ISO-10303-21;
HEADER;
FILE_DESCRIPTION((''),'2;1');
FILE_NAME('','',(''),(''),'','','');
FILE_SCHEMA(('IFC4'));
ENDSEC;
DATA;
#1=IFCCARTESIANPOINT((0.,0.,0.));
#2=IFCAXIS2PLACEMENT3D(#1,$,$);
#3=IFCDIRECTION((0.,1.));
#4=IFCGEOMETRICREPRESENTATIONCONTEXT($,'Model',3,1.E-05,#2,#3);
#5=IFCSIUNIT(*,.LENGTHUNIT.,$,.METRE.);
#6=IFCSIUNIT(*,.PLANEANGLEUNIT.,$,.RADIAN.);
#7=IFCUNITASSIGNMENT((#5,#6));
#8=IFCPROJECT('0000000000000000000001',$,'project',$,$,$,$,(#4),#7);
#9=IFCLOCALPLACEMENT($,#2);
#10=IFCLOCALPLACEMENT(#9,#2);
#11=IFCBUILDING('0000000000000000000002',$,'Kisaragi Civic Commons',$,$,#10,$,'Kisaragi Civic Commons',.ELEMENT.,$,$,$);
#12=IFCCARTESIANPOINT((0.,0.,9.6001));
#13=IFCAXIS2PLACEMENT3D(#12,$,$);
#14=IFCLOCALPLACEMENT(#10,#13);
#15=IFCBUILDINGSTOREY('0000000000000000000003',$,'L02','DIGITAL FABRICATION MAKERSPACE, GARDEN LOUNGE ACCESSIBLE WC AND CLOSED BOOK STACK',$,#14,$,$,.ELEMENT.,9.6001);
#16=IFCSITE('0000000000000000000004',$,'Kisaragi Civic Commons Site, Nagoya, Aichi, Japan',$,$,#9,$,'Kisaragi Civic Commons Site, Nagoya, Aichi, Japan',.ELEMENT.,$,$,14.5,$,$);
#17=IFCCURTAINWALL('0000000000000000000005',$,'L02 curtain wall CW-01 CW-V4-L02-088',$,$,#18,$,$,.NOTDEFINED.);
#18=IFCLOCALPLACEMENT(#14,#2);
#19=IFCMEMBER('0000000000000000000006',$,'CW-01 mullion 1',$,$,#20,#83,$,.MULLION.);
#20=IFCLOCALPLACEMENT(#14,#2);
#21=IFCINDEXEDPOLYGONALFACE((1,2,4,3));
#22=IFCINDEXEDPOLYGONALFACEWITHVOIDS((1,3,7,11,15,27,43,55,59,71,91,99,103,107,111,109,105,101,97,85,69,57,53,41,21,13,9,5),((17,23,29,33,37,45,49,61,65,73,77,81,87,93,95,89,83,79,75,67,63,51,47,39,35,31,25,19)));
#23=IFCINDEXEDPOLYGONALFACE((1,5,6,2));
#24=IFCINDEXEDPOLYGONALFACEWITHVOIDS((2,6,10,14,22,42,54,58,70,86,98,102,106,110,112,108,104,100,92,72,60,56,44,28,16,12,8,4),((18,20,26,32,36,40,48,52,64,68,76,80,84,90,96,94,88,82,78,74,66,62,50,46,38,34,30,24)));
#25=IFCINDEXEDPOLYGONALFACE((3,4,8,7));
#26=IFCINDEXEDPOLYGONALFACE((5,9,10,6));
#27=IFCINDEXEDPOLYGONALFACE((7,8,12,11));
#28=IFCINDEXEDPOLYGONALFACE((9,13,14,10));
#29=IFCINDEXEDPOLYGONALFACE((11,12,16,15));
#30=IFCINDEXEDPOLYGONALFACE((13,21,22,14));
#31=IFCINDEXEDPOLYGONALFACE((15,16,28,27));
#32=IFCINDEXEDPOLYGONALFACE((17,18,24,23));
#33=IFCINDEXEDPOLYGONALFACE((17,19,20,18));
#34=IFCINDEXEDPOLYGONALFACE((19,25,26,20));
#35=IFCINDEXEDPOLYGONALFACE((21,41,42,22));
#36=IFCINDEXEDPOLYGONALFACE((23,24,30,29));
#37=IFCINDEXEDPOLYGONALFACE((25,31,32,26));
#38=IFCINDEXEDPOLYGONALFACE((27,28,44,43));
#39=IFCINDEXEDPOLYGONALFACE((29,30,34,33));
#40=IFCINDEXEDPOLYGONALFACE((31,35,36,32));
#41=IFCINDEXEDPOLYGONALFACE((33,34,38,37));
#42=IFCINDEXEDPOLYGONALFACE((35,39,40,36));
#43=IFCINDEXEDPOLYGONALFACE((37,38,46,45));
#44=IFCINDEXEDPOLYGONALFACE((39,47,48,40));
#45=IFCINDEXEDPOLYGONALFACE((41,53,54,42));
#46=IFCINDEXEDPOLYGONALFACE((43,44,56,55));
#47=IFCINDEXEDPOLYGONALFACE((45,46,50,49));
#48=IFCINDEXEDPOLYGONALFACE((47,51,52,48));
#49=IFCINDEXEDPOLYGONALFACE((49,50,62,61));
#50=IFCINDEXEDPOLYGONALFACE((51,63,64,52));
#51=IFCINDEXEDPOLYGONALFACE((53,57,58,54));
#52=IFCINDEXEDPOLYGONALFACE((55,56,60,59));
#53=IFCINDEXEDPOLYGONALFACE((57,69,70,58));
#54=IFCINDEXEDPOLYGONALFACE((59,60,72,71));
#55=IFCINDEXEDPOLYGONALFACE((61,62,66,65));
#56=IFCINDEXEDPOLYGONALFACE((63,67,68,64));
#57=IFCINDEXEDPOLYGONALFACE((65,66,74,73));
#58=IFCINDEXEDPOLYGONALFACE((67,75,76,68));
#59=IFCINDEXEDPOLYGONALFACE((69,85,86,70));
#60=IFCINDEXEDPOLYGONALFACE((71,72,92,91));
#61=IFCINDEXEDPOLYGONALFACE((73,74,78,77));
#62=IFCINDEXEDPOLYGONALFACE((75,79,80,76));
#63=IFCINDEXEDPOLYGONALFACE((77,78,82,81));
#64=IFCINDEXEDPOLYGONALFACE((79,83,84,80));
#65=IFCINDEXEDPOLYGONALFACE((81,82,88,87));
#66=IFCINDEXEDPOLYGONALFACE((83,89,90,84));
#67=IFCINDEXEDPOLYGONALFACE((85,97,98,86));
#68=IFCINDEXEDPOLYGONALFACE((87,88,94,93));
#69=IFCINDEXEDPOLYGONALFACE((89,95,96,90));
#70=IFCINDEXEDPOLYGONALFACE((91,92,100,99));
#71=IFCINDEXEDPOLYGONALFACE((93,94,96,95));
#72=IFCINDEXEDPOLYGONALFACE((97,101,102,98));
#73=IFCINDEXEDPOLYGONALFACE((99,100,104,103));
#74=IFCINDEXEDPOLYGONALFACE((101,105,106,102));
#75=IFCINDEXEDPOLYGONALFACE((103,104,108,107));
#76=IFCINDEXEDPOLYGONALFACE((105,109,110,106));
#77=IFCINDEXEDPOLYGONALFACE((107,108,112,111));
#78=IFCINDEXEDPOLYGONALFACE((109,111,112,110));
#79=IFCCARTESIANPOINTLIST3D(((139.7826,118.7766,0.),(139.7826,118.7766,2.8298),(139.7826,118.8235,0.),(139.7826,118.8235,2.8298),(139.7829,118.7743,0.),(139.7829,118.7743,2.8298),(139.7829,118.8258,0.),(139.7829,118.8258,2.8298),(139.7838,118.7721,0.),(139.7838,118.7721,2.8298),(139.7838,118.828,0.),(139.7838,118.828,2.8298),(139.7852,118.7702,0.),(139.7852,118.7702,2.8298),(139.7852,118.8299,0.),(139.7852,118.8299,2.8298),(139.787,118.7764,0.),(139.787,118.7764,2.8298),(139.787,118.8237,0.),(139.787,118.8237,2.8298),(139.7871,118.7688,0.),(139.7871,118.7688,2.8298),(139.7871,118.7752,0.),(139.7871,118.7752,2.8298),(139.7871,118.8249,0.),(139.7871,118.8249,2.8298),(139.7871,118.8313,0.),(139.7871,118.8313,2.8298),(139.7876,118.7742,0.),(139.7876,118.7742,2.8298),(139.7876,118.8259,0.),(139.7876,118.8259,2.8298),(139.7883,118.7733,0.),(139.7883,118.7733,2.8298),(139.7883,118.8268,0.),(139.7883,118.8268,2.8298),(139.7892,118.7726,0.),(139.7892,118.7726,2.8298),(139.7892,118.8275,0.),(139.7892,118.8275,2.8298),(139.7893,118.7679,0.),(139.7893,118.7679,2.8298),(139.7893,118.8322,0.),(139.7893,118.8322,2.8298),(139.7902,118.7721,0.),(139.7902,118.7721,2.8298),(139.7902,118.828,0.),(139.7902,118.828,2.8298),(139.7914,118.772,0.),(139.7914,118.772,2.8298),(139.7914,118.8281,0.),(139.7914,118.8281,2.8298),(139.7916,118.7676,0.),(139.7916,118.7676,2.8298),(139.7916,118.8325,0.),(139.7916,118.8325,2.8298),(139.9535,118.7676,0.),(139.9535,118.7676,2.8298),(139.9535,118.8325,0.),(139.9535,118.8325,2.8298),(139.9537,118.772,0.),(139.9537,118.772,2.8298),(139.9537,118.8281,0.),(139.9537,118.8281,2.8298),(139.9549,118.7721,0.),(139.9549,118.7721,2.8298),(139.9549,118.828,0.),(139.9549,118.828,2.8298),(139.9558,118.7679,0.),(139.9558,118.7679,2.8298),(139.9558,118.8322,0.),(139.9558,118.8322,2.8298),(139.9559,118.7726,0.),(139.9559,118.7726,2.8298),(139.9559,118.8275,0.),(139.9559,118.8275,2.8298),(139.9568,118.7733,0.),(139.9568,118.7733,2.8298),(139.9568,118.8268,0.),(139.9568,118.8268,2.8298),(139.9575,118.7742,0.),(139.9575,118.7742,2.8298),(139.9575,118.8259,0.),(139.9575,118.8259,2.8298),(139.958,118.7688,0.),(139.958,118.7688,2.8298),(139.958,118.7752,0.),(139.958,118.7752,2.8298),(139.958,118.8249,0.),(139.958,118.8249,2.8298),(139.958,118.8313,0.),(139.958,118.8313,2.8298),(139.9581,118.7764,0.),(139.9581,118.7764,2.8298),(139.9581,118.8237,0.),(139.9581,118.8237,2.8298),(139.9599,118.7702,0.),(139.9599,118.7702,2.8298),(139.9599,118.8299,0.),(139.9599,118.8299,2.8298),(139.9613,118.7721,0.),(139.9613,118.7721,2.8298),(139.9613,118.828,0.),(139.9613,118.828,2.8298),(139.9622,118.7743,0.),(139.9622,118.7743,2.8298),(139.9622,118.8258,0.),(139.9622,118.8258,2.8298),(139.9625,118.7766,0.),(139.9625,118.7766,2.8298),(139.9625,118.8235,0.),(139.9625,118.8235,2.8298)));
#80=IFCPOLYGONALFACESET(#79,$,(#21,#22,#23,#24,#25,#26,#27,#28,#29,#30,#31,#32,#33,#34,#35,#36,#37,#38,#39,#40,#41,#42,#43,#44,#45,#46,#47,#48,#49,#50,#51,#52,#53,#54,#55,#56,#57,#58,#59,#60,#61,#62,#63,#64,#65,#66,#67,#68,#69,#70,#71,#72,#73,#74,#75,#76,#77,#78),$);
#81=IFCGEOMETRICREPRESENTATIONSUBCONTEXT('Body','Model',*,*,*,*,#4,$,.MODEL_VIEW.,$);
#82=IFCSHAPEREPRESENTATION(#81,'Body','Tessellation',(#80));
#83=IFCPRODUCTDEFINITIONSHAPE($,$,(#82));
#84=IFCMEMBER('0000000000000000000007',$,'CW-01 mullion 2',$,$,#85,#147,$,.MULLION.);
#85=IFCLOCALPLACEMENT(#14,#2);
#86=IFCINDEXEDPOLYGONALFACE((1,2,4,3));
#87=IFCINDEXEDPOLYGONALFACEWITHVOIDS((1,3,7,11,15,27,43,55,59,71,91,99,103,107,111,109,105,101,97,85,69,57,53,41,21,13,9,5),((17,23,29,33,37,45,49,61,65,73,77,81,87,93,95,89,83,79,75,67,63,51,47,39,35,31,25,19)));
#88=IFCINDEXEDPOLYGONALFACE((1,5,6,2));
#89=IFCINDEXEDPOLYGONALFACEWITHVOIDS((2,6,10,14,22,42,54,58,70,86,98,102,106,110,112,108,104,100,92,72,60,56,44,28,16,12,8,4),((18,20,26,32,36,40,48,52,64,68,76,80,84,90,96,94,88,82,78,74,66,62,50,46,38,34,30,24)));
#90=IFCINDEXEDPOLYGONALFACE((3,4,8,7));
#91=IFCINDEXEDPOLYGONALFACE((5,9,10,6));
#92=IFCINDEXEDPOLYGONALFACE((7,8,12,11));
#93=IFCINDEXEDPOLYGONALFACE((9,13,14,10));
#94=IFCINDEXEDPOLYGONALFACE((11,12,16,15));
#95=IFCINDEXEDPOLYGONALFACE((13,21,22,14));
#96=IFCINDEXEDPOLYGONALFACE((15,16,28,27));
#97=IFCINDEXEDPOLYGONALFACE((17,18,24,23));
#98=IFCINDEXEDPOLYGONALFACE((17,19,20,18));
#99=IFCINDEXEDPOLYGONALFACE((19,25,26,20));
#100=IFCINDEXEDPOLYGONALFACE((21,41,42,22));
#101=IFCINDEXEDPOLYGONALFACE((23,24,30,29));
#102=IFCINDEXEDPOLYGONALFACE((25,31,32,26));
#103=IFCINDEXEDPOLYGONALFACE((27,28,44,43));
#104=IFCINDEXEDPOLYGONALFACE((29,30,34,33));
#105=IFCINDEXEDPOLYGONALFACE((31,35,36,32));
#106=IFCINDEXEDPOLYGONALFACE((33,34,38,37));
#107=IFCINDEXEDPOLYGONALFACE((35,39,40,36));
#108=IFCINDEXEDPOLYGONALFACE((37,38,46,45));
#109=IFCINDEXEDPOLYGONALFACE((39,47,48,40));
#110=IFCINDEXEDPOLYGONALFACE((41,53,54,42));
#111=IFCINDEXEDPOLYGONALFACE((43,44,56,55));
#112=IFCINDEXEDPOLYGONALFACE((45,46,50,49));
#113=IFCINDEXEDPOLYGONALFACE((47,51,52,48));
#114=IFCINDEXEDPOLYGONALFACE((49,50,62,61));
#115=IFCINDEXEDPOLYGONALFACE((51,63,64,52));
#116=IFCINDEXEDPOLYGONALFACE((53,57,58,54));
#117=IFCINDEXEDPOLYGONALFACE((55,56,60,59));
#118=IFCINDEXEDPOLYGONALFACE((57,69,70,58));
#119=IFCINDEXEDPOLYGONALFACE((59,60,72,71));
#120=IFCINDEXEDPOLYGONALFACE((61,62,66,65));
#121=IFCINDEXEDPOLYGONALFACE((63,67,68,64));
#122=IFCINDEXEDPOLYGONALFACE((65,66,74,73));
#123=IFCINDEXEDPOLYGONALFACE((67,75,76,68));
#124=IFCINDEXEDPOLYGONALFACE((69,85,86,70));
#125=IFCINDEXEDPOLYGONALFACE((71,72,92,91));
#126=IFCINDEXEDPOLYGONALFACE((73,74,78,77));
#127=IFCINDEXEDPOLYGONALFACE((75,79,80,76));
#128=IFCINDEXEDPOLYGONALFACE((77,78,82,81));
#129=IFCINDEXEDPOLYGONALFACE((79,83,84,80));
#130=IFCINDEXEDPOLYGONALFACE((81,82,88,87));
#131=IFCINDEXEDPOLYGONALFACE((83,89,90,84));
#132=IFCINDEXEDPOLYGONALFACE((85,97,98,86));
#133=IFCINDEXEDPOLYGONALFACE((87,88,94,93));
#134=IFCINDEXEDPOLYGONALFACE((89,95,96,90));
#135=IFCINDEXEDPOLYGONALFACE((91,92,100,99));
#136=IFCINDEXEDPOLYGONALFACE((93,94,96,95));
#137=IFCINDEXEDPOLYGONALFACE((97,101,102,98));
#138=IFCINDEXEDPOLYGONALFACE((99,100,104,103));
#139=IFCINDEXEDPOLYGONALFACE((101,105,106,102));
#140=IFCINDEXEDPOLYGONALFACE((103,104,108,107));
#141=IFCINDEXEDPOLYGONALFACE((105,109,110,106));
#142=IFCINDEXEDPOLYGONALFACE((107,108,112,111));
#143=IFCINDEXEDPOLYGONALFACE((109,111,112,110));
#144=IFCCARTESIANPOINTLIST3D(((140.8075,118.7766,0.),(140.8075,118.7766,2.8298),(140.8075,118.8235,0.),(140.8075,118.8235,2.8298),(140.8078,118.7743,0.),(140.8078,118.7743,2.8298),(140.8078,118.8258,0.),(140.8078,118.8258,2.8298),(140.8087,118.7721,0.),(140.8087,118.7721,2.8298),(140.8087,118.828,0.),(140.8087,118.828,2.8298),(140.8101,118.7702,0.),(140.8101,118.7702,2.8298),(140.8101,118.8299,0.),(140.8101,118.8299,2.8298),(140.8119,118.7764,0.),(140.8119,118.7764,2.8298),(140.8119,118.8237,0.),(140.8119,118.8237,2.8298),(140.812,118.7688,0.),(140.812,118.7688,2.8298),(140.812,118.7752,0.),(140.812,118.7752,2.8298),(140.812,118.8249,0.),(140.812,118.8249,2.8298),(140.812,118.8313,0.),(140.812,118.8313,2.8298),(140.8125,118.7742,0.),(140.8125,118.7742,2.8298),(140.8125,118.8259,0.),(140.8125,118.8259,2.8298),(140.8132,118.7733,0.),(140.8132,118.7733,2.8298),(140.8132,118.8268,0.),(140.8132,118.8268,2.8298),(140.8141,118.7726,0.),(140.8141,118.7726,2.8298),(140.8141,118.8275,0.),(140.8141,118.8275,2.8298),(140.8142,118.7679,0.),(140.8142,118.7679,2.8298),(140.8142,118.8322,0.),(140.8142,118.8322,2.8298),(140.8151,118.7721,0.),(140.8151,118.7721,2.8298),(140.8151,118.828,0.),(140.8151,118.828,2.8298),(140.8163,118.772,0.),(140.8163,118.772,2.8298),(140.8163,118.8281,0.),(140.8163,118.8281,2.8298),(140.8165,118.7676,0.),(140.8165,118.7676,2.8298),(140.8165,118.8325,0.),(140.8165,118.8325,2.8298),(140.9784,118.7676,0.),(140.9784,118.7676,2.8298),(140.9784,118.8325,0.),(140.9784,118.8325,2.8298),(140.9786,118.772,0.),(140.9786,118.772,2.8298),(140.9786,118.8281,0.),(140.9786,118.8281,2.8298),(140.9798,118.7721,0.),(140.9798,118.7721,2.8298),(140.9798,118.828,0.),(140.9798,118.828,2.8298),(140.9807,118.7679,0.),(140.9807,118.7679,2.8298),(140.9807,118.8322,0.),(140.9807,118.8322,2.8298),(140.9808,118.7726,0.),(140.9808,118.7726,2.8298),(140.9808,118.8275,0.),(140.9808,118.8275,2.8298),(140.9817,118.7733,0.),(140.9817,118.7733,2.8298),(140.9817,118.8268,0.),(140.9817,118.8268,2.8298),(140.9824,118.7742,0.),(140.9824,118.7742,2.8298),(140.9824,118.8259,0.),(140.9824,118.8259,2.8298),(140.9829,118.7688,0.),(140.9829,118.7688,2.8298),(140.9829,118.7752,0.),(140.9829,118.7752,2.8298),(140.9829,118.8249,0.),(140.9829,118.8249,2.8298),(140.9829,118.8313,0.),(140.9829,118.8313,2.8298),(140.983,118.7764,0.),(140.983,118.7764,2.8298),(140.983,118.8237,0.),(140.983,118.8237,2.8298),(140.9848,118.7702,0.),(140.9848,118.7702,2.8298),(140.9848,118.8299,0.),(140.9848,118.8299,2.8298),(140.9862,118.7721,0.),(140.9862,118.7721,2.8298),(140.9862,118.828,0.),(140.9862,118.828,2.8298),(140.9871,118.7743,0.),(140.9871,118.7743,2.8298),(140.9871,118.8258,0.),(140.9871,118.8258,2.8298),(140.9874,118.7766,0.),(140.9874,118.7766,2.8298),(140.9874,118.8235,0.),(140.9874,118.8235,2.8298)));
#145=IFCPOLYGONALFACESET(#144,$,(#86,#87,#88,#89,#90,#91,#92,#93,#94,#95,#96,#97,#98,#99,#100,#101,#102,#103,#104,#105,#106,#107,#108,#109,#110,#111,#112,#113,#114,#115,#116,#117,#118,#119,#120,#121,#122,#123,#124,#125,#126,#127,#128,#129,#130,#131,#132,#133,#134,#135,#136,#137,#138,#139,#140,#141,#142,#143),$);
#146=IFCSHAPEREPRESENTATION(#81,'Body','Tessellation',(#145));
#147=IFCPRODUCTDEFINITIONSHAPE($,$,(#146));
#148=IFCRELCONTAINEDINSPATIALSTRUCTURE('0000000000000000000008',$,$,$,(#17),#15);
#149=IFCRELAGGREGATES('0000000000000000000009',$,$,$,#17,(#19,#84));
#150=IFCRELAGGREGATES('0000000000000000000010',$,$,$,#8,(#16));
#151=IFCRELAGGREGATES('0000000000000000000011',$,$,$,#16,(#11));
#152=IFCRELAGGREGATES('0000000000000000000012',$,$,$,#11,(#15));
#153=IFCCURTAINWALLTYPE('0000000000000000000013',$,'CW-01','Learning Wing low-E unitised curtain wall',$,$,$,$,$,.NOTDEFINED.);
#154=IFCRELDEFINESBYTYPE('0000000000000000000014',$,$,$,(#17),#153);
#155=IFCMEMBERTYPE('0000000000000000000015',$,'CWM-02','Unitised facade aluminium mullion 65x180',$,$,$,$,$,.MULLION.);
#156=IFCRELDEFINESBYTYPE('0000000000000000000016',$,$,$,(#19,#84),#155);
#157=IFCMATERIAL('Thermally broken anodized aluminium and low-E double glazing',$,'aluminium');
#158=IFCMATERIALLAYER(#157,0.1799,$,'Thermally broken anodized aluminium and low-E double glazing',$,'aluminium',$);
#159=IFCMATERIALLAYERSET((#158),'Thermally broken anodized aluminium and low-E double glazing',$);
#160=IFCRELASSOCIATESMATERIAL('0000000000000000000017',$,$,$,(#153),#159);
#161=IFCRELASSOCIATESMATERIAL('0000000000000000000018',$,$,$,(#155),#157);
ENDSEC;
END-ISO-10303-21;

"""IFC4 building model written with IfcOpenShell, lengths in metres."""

from ifc_helpers import new_model, si_unit, direction, frame, origin, origin_2d, place, context, subcontext, project, spatial, hollow_rectangle, extrude, material, layer, layer_set, material_profile, profile_set, type_object, element, aggregate, save


model = new_model("IFC4")

# Units and contexts
model_context = context("Model", 3, precision=1e-05, world=origin(), true_north=direction((0.0, 1.0)))
body_context = subcontext(model_context, "Body", "Model", "MODEL_VIEW")
ifc_project = project(units=[si_unit("LENGTHUNIT", "METRE"), si_unit("PLANEANGLEUNIT", "RADIAN")], contexts=[model_context])

# Site, building, storey
site_placement = place(None, origin())
site = spatial("IfcSite", under=ifc_project, at=site_placement, Name="Kisaragi Civic Commons Site, Nagoya, Aichi, Japan", LongName="Kisaragi Civic Commons Site, Nagoya, Aichi, Japan", CompositionType="ELEMENT", RefElevation=14.5)
building_placement = place(site_placement, origin())
building = spatial("IfcBuilding", under=site, at=building_placement, Name="Kisaragi Civic Commons", LongName="Kisaragi Civic Commons", CompositionType="ELEMENT")
storey_placement = place(building_placement, frame((0.0, 0.0, 9.6001)))
storey = spatial("IfcBuildingStorey", under=building, at=storey_placement, Name="L02", Description="DIGITAL FABRICATION MAKERSPACE, GARDEN LOUNGE ACCESSIBLE WC AND CLOSED BOOK STACK", CompositionType="ELEMENT", Elevation=9.6001)

# Curtain wall, members
ifc_material = material(Name="Thermally broken anodized aluminium and low-E double glazing", Category="aluminium")
ifc_layer_1 = layer(ifc_material, 0.1799, Name="Thermally broken anodized aluminium and low-E double glazing", Category="aluminium")
ifc_layer_set_1 = layer_set([ifc_layer_1], Name="Thermally broken anodized aluminium and low-E double glazing")
curtain_wall_type = type_object("IfcCurtainWallType", Name="CW-01", Description="Learning Wing low-E unitised curtain wall", PredefinedType="NOTDEFINED", material=ifc_layer_set_1)
ifc_material_profile_1 = material_profile(ifc_material, hollow_rectangle(XDim=0.0649, YDim=0.1799, WallThickness=0.0044, InnerFilletRadius=0.0044, OuterFilletRadius=0.009, at=origin_2d()), Name="CWM-65x180x4.5", Category="aluminium")
ifc_profile_set_1 = profile_set([ifc_material_profile_1], Name="Thermally broken anodized aluminium and low-E double glazing")
member_type_1 = type_object("IfcMemberType", Name="CWM-02", Description="Unitised facade aluminium mullion 65x180", PredefinedType="MULLION", material=ifc_profile_set_1)
curtain_wall_1_placement = place(storey_placement, origin())
curtain_wall_1 = element("IfcCurtainWall", 1, at=curtain_wall_1_placement, inside=storey, type_object=curtain_wall_type, Name="L02 curtain wall CW-01 CW-V4-L02-088", PredefinedType="NOTDEFINED")
member_1_placement = place(storey_placement, frame((139.8726, 118.8, 0.0), z_axis=(0.0, 0.0, 1.0), x_axis=(0.0, 1.0, 0.0)))
member_1 = element("IfcMember", 2, at=member_1_placement, type_object=member_type_1, Name="CW-01 mullion 1", PredefinedType="MULLION", context=body_context, shape_type="SweptSolid", body=[
    extrude(hollow_rectangle(XDim=0.0649, YDim=0.1799, WallThickness=0.0044, InnerFilletRadius=0.0044, OuterFilletRadius=0.009, at=origin_2d()), origin(), (0.0, 0.0, 1.0), 2.8298),
])
member_2_placement = place(storey_placement, frame((140.8975, 118.8, 0.0), z_axis=(0.0, 0.0, 1.0), x_axis=(0.0, 1.0, 0.0)))
member_2 = element("IfcMember", 3, at=member_2_placement, type_object=member_type_1, Name="CW-01 mullion 2", PredefinedType="MULLION", context=body_context, shape_type="SweptSolid", body=[
    extrude(hollow_rectangle(XDim=0.0649, YDim=0.1799, WallThickness=0.0044, InnerFilletRadius=0.0044, OuterFilletRadius=0.009, at=origin_2d()), origin(), (0.0, 0.0, 1.0), 2.8298),
])

aggregate(curtain_wall_1, [member_1, member_2])

save(model, "model.ifc")
